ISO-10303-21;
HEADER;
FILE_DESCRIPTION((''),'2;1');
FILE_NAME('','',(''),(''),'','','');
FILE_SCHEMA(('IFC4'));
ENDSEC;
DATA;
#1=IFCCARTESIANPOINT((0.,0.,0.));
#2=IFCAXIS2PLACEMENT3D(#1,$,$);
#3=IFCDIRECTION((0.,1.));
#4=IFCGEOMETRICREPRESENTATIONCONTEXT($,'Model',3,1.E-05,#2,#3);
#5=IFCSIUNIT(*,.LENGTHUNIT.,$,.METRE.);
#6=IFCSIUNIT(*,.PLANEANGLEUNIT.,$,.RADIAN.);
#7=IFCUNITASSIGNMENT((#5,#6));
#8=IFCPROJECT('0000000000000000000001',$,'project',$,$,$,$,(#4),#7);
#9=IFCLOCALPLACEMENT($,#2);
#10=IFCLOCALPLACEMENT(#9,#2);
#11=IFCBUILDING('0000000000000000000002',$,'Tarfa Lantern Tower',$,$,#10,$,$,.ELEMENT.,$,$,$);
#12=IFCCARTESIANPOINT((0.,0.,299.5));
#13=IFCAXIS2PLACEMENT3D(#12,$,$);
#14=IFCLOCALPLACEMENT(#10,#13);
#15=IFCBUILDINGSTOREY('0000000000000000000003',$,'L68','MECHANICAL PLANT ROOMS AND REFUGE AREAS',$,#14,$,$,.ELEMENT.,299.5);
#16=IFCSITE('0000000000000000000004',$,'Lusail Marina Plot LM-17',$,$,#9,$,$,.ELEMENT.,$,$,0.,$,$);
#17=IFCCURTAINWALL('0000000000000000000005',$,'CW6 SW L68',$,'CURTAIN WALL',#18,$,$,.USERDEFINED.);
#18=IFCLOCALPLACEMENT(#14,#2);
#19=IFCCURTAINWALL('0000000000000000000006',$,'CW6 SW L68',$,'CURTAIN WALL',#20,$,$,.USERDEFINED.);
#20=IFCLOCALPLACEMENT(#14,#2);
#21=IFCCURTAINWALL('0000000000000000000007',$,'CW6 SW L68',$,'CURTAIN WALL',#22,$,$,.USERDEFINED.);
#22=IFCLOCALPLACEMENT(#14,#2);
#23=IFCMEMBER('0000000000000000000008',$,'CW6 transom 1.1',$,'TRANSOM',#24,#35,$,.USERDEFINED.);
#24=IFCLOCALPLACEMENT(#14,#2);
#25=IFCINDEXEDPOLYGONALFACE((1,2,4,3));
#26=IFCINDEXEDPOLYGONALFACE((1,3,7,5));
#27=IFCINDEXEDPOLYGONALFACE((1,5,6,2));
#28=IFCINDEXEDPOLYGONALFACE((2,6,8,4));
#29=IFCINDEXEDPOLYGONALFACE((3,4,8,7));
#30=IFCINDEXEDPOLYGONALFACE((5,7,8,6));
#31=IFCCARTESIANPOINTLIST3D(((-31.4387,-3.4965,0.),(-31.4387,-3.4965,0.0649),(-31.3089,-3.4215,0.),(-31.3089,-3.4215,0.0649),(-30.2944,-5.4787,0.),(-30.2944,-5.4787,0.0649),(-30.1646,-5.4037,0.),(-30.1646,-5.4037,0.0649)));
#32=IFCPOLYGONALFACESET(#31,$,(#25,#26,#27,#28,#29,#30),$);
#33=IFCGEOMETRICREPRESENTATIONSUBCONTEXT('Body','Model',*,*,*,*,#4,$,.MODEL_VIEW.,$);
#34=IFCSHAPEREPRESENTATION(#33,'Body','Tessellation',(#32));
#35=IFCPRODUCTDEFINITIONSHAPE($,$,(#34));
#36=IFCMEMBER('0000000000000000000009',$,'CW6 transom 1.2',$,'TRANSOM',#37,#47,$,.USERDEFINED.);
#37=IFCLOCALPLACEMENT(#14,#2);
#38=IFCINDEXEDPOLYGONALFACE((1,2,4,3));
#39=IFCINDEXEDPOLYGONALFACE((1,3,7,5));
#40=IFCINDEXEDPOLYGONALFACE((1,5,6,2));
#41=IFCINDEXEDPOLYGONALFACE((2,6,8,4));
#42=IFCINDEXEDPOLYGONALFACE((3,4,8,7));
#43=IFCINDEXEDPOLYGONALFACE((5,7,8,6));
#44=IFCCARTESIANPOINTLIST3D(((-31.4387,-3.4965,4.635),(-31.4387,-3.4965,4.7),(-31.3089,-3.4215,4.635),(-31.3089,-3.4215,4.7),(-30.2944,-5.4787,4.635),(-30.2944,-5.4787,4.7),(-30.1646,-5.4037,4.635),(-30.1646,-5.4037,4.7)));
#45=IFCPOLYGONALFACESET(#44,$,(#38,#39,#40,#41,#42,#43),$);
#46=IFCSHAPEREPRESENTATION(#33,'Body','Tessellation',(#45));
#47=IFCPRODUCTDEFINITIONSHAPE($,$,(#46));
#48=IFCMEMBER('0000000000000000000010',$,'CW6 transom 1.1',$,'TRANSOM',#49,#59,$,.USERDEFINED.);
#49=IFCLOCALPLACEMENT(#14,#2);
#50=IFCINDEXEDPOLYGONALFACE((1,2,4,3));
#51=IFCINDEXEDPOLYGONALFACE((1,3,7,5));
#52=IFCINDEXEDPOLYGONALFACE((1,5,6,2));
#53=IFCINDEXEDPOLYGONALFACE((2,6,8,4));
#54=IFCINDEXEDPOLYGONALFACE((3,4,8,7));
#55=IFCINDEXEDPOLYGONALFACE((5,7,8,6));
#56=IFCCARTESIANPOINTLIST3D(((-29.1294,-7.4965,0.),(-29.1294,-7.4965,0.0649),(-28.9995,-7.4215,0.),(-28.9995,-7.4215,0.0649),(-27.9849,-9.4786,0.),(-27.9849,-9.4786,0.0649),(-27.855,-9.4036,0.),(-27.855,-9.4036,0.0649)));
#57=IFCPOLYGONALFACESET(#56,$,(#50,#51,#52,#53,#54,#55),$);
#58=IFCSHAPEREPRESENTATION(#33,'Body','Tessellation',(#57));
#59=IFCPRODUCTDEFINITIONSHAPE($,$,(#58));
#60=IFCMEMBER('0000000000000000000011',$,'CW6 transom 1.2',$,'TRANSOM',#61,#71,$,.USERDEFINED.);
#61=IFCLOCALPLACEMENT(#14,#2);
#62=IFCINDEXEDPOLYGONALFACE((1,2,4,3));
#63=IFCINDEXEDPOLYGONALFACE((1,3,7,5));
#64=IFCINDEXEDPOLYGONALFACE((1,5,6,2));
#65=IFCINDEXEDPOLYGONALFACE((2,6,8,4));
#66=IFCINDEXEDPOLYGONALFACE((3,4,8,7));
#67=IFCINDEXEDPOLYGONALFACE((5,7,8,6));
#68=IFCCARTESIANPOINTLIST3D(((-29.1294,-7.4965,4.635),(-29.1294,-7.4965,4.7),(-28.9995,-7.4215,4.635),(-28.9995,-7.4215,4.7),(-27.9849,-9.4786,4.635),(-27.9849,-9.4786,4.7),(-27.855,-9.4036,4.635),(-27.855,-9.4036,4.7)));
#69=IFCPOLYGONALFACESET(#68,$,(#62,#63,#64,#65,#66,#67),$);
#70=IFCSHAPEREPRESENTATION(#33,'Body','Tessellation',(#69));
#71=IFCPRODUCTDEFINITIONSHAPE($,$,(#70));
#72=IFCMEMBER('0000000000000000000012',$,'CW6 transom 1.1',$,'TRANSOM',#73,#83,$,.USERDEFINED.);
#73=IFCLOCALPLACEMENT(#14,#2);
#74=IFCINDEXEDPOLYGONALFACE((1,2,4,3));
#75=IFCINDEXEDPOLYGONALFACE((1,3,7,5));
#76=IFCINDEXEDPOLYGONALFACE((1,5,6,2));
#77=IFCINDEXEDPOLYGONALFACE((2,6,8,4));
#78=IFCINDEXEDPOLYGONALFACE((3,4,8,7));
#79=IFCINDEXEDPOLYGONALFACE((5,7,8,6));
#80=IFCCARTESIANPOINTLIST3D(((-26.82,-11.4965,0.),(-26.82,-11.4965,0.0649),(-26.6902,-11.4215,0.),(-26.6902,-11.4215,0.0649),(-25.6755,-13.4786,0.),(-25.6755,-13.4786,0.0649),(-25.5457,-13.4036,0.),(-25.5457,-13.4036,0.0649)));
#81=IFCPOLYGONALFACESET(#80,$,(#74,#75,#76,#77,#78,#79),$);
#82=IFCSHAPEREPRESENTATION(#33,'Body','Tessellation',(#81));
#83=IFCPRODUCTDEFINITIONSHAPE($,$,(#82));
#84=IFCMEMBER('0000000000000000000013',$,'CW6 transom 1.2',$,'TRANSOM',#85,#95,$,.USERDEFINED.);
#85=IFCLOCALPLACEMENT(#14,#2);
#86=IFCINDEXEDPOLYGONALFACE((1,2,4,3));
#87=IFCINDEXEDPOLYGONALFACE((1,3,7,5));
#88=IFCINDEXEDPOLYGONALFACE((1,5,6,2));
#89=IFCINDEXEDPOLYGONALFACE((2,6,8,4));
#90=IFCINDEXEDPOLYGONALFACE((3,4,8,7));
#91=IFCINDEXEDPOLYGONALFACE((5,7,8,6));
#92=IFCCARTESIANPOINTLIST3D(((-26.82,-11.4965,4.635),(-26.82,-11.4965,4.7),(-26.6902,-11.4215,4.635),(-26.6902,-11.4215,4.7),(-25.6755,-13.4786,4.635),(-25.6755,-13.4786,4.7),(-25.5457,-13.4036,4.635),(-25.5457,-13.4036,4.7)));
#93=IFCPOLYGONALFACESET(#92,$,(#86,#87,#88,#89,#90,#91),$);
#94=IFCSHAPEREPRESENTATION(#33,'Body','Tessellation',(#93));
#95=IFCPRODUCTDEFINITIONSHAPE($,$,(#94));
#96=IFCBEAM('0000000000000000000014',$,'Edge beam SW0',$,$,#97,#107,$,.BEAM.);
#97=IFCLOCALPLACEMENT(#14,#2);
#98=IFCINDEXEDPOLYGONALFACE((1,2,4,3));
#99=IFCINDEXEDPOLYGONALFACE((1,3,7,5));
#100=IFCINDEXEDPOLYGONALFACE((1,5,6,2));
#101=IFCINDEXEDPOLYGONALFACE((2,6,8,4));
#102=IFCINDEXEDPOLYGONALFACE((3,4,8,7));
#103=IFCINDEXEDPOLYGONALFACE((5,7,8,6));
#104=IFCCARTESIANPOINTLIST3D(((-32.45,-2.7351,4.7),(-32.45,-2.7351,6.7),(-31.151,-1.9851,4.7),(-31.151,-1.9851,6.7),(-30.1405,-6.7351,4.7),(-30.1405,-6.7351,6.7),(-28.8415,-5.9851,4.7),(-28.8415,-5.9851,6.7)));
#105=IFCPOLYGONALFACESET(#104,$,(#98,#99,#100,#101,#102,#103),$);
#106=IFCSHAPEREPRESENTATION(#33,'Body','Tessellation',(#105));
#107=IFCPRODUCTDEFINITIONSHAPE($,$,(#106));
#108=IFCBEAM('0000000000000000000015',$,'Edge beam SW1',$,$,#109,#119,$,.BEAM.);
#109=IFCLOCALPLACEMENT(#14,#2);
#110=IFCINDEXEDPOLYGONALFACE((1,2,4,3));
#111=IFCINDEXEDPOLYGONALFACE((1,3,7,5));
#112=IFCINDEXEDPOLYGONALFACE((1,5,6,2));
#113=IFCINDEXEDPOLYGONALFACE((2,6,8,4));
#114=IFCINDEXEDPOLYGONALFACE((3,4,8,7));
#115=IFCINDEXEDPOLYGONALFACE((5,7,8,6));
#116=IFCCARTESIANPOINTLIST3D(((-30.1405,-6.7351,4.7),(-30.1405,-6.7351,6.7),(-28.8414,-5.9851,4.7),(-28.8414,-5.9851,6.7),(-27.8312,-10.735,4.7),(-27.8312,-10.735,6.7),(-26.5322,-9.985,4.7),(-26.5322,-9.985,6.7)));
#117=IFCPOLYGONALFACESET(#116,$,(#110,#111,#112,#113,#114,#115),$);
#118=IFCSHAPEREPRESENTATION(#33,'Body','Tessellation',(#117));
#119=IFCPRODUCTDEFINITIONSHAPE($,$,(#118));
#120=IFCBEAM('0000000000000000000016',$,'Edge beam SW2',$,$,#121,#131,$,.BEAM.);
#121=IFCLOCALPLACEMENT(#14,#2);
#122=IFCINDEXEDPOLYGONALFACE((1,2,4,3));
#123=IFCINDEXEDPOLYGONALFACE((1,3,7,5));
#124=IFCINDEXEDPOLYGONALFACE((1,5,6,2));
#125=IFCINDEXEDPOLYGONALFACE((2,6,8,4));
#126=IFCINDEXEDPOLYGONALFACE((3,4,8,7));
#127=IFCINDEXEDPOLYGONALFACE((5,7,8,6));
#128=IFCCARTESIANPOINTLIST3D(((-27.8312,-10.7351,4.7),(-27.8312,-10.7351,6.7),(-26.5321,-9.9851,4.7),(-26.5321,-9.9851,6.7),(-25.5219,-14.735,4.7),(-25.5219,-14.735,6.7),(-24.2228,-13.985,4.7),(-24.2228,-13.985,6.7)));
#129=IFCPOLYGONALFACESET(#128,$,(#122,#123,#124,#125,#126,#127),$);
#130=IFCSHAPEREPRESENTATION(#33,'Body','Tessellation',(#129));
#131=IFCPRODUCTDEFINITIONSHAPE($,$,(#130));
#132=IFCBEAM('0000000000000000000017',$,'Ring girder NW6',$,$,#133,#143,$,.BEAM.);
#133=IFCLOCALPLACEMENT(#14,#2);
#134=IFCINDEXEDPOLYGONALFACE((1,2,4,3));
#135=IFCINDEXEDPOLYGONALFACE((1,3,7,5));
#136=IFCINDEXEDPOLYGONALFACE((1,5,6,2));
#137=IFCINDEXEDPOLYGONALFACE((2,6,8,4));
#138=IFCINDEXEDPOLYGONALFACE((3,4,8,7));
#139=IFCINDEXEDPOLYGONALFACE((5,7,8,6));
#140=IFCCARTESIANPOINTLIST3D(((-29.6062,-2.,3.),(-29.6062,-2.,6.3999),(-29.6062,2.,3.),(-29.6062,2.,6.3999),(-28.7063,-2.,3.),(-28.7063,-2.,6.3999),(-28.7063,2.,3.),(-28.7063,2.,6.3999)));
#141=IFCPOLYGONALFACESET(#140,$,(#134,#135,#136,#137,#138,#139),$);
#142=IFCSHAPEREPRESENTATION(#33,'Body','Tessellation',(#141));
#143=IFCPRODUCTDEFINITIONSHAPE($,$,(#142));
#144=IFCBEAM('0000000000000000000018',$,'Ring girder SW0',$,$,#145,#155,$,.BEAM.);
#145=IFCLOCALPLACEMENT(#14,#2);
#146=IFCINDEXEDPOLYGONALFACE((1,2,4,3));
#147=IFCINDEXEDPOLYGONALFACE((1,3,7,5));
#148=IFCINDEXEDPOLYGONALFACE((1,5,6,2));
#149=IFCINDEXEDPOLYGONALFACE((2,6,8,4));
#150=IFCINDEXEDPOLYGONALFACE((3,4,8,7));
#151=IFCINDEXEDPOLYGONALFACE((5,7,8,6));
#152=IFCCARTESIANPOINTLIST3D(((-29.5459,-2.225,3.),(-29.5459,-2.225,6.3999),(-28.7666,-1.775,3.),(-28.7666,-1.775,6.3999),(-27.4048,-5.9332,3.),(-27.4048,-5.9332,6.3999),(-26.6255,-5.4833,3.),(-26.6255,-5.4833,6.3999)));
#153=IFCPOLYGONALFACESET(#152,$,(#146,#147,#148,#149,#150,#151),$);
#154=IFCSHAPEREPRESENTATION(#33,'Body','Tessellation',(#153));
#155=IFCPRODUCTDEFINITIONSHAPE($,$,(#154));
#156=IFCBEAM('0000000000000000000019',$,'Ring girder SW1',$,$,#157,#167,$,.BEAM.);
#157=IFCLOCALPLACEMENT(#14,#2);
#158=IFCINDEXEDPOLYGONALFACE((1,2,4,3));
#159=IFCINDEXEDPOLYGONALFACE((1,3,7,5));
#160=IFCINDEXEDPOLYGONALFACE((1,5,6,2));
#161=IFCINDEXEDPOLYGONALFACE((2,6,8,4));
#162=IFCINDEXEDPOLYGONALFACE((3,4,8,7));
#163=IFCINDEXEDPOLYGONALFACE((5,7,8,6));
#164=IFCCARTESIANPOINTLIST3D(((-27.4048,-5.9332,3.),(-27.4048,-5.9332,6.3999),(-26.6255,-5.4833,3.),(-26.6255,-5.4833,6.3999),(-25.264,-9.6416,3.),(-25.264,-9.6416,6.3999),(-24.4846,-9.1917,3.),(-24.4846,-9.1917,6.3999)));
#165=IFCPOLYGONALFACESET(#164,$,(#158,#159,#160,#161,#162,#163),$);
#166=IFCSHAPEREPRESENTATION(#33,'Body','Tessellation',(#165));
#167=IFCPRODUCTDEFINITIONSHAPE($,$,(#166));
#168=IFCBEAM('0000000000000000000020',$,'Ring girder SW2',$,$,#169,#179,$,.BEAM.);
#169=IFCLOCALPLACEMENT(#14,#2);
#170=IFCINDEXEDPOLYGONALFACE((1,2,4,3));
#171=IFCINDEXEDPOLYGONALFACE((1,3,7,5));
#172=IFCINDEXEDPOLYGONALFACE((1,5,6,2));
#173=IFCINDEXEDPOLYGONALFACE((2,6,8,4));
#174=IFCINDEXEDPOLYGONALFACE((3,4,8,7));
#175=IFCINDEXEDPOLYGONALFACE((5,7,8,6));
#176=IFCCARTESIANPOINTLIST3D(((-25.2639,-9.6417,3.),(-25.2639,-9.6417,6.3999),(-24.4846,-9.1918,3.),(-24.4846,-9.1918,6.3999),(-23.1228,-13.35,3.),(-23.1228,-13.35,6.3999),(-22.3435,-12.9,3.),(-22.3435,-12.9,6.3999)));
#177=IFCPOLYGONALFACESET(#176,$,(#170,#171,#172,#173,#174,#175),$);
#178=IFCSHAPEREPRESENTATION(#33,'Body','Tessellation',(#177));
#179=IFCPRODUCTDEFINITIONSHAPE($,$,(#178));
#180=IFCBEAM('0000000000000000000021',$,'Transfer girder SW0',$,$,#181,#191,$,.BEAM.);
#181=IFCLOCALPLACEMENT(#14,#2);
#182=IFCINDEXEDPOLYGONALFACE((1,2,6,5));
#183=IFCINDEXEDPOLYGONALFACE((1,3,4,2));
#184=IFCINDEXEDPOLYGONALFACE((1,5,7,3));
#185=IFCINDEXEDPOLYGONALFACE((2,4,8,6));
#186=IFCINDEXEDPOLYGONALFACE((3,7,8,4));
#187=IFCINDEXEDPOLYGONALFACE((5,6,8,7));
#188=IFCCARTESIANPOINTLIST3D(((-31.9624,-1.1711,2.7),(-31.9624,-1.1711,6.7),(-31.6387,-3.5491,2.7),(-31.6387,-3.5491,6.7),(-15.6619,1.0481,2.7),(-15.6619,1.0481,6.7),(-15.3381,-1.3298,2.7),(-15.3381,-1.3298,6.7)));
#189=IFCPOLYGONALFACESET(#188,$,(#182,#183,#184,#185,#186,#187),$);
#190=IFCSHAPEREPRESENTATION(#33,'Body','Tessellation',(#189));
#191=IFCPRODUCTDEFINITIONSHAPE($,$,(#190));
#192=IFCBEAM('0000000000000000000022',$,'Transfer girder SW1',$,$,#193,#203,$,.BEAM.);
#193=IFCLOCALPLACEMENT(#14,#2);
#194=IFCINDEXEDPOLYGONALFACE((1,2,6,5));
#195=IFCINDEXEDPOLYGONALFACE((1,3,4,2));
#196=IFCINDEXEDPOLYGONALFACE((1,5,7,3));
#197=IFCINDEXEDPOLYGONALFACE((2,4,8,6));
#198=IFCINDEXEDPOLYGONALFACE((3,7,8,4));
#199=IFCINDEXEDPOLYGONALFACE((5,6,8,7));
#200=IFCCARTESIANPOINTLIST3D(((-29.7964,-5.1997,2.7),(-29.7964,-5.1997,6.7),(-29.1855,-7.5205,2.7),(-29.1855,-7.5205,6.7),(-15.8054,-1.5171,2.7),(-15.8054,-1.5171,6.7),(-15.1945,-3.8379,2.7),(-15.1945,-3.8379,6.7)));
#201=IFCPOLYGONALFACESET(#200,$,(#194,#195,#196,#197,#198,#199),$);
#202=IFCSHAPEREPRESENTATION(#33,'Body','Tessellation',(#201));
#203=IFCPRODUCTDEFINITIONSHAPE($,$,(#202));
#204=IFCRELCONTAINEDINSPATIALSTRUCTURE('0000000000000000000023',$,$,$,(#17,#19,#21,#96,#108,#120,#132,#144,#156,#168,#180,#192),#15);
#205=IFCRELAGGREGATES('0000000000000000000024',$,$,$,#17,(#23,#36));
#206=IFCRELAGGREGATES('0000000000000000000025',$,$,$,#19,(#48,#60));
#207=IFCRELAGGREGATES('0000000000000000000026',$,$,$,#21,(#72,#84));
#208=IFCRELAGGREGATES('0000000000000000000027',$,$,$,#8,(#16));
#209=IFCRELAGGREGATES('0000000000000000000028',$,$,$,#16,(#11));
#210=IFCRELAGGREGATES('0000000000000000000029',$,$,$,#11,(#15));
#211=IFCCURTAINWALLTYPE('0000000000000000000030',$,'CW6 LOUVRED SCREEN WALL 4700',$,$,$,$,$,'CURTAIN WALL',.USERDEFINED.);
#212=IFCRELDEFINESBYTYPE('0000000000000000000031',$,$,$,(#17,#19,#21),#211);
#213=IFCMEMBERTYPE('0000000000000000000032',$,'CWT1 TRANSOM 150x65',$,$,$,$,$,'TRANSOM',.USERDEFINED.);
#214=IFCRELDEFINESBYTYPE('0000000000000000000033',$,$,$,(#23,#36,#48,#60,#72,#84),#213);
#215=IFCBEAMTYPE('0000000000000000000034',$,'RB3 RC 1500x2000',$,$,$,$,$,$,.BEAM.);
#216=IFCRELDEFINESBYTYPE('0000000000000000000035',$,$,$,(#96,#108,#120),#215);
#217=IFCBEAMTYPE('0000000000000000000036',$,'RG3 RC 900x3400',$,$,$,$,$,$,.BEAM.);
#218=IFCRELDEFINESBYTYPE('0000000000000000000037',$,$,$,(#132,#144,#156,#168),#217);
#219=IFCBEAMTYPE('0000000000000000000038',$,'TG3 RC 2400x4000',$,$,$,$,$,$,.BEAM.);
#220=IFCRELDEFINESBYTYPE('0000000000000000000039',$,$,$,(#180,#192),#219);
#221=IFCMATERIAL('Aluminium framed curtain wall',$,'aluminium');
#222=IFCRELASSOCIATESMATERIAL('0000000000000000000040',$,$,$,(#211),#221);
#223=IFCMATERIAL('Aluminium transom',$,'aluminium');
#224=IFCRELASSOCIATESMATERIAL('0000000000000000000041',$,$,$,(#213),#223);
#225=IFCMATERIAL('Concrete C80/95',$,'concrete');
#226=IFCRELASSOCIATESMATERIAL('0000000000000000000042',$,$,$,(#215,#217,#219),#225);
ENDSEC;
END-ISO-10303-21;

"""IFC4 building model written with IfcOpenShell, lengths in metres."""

from ifc_helpers import new_model, si_unit, direction, frame, origin, origin_2d, place, context, subcontext, project, spatial, rectangle, extrude, material, material_profile, profile_set, type_object, element, aggregate, save


model = new_model("IFC4")

# Units and contexts
model_context = context("Model", 3, precision=1e-05, world=origin(), true_north=direction((0.0, 1.0)))
body_context = subcontext(model_context, "Body", "Model", "MODEL_VIEW")
ifc_project = project(units=[si_unit("LENGTHUNIT", "METRE"), si_unit("PLANEANGLEUNIT", "RADIAN")], contexts=[model_context])

# Site, building, storey
site_placement = place(None, origin())
site = spatial("IfcSite", under=ifc_project, at=site_placement, Name="Lusail Marina Plot LM-17", CompositionType="ELEMENT", RefElevation=0.0)
building_placement = place(site_placement, origin())
building = spatial("IfcBuilding", under=site, at=building_placement, Name="Tarfa Lantern Tower", CompositionType="ELEMENT")
storey_placement = place(building_placement, frame((0.0, 0.0, 299.5)))
storey = spatial("IfcBuildingStorey", under=building, at=storey_placement, Name="L68", Description="MECHANICAL PLANT ROOMS AND REFUGE AREAS", CompositionType="ELEMENT", Elevation=299.5)

# Shared definitions
ifc_material_1 = material(Name="Concrete C80/95", Category="concrete")

# Curtain walls
ifc_material_2 = material(Name="Aluminium framed curtain wall", Category="aluminium")
curtain_wall_type = type_object("IfcCurtainWallType", Name="CW6 LOUVRED SCREEN WALL 4700", ElementType="CURTAIN WALL", PredefinedType="USERDEFINED", material=ifc_material_2)
curtain_wall_1_placement = place(storey_placement, origin())
curtain_wall_1 = element("IfcCurtainWall", 1, at=curtain_wall_1_placement, inside=storey, type_object=curtain_wall_type, Name="CW6 SW L68", ObjectType="CURTAIN WALL", PredefinedType="USERDEFINED")
curtain_wall_2_placement = place(storey_placement, origin())
curtain_wall_2 = element("IfcCurtainWall", 2, at=curtain_wall_2_placement, inside=storey, type_object=curtain_wall_type, Name="CW6 SW L68", ObjectType="CURTAIN WALL", PredefinedType="USERDEFINED")

# Curtain wall
curtain_wall_3_placement = place(storey_placement, origin())
curtain_wall_3 = element("IfcCurtainWall", 3, at=curtain_wall_3_placement, inside=storey, type_object=curtain_wall_type, Name="CW6 SW L68", ObjectType="CURTAIN WALL", PredefinedType="USERDEFINED")

# Members
ifc_material_3 = material(Name="Aluminium transom", Category="aluminium")
ifc_material_profile_1 = material_profile(ifc_material_3, rectangle(XDim=0.1499, YDim=0.0649, at=origin_2d()), Name="AL TRANSOM 150x65")
ifc_profile_set_1 = profile_set([ifc_material_profile_1], Name="Aluminium transom")
member_type_1 = type_object("IfcMemberType", Name="CWT1 TRANSOM 150x65", ElementType="TRANSOM", PredefinedType="USERDEFINED", material=ifc_profile_set_1)
member_1_placement = place(storey_placement, frame((-31.3738, -3.459, 0.0325), z_axis=(0.499959, -0.866049, 0.0), x_axis=(0.866049, 0.499959, 0.0)))
member_1 = element("IfcMember", 4, at=member_1_placement, type_object=member_type_1, Name="CW6 transom 1.1", ObjectType="TRANSOM", PredefinedType="USERDEFINED", context=body_context, shape_type="SweptSolid", body=[
    extrude(rectangle(XDim=0.1499, YDim=0.0649, at=origin_2d()), origin(), (0.0, 0.0, 1.0), 2.2888),
])
member_2_placement = place(storey_placement, frame((-31.3738, -3.459, 4.6675), z_axis=(0.499959, -0.866049, 0.0), x_axis=(0.866049, 0.499959, 0.0)))
member_2 = element("IfcMember", 5, at=member_2_placement, type_object=member_type_1, Name="CW6 transom 1.2", ObjectType="TRANSOM", PredefinedType="USERDEFINED", context=body_context, shape_type="SweptSolid", body=[
    extrude(rectangle(XDim=0.1499, YDim=0.0649, at=origin_2d()), origin(), (0.0, 0.0, 1.0), 2.2888),
])
member_3_placement = place(storey_placement, frame((-29.0645, -7.459, 0.0325), z_axis=(0.500039, -0.866003, 0.0), x_axis=(0.866003, 0.500039, 0.0)))
member_3 = element("IfcMember", 6, at=member_3_placement, type_object=member_type_1, Name="CW6 transom 1.1", ObjectType="TRANSOM", PredefinedType="USERDEFINED", context=body_context, shape_type="SweptSolid", body=[
    extrude(rectangle(XDim=0.1499, YDim=0.0649, at=origin_2d()), origin(), (0.0, 0.0, 1.0), 2.2888),
])
member_4_placement = place(storey_placement, frame((-29.0645, -7.459, 4.6675), z_axis=(0.500039, -0.866003, 0.0), x_axis=(0.866003, 0.500039, 0.0)))
member_4 = element("IfcMember", 7, at=member_4_placement, type_object=member_type_1, Name="CW6 transom 1.2", ObjectType="TRANSOM", PredefinedType="USERDEFINED", context=body_context, shape_type="SweptSolid", body=[
    extrude(rectangle(XDim=0.1499, YDim=0.0649, at=origin_2d()), origin(), (0.0, 0.0, 1.0), 2.2888),
])
member_5_placement = place(storey_placement, frame((-26.7551, -11.459, 0.0325), z_axis=(0.500039, -0.866003, 0.0), x_axis=(0.866003, 0.500039, 0.0)))
member_5 = element("IfcMember", 8, at=member_5_placement, type_object=member_type_1, Name="CW6 transom 1.1", ObjectType="TRANSOM", PredefinedType="USERDEFINED", context=body_context, shape_type="SweptSolid", body=[
    extrude(rectangle(XDim=0.1499, YDim=0.0649, at=origin_2d()), origin(), (0.0, 0.0, 1.0), 2.2888),
])
member_6_placement = place(storey_placement, frame((-26.7551, -11.459, 4.6675), z_axis=(0.500039, -0.866003, 0.0), x_axis=(0.866003, 0.500039, 0.0)))
member_6 = element("IfcMember", 9, at=member_6_placement, type_object=member_type_1, Name="CW6 transom 1.2", ObjectType="TRANSOM", PredefinedType="USERDEFINED", context=body_context, shape_type="SweptSolid", body=[
    extrude(rectangle(XDim=0.1499, YDim=0.0649, at=origin_2d()), origin(), (0.0, 0.0, 1.0), 2.2888),
])

# Beams
ifc_material_profile_2 = material_profile(ifc_material_1, rectangle(XDim=1.5, YDim=2.0, at=origin_2d()), Name="RC 1500x2000")
ifc_profile_set_2 = profile_set([ifc_material_profile_2], Name="Concrete C80/95")
beam_type_1 = type_object("IfcBeamType", Name="RB3 RC 1500x2000", PredefinedType="BEAM", material=ifc_profile_set_2)
beam_1_placement = place(storey_placement, frame((-31.8005, -2.3601, 5.7), z_axis=(0.500027, -0.86601, 0.0), x_axis=(0.86601, 0.500027, 0.0)))
element("IfcBeam", 10, at=beam_1_placement, inside=storey, type_object=beam_type_1, Name="Edge beam SW0", PredefinedType="BEAM", context=body_context, shape_type="SweptSolid", body=[
    extrude(rectangle(XDim=1.5, YDim=2.0, at=origin_2d()), origin(), (0.0, 0.0, 1.0), 4.6189),
])
for number, where, z_axis, x_axis, name in (
    (11, (-29.491, -6.3601, 5.7), (0.499988, -0.866032, 0.0), (0.866032, 0.499988, 0.0), "Edge beam SW1"),
    (12, (-27.1816, -10.3601, 5.7), (0.499988, -0.866032, 0.0), (0.866032, 0.499988, 0.0), "Edge beam SW2"),
):
    element("IfcBeam", number, at=place(storey_placement, frame(where, z_axis=z_axis, x_axis=x_axis)), inside=storey, type_object=beam_type_1, Name=name, PredefinedType="BEAM", context=body_context, shape_type="SweptSolid", body=[
        extrude(rectangle(XDim=1.5, YDim=2.0, at=origin_2d()), origin(), (0.0, 0.0, 1.0), 4.6187),
    ])
ifc_material_profile_3 = material_profile(ifc_material_1, rectangle(XDim=0.8999, YDim=3.3999, at=origin_2d()), Name="RC 900x3400")
ifc_profile_set_3 = profile_set([ifc_material_profile_3], Name="Concrete C80/95")
beam_type_2 = type_object("IfcBeamType", Name="RG3 RC 900x3400", PredefinedType="BEAM", material=ifc_profile_set_3)
beam_2_placement = place(storey_placement, frame((-29.1562, 2.0, 4.7), z_axis=(0.0, -1.0, 0.0), x_axis=(1.0, 0.0, 0.0)))
element("IfcBeam", 13, at=beam_2_placement, inside=storey, type_object=beam_type_2, Name="Ring girder NW6", PredefinedType="BEAM", context=body_context, shape_type="SweptSolid", body=[
    extrude(rectangle(XDim=0.8999, YDim=3.3999, at=origin_2d()), origin(), (0.0, 0.0, 1.0), 4.0),
])
for number, where, z_axis, x_axis, name in (
    (14, (-29.1562, -2.0, 4.7), (0.500027, -0.86601, 0.0), (0.86601, 0.500027, 0.0), "Ring girder SW0"),
    (15, (-27.0151, -5.7083, 4.7), (0.499959, -0.866049, 0.0), (0.866049, 0.499959, 0.0), "Ring girder SW1"),
    (16, (-24.8743, -9.4167, 4.7), (0.500027, -0.86601, 0.0), (0.86601, 0.500027, 0.0), "Ring girder SW2"),
):
    element("IfcBeam", number, at=place(storey_placement, frame(where, z_axis=z_axis, x_axis=x_axis)), inside=storey, type_object=beam_type_2, Name=name, PredefinedType="BEAM", context=body_context, shape_type="SweptSolid", body=[
        extrude(rectangle(XDim=0.8999, YDim=3.3999, at=origin_2d()), origin(), (0.0, 0.0, 1.0), 4.282),
    ])
ifc_material_profile_4 = material_profile(ifc_material_1, rectangle(XDim=2.3999, YDim=4.0, at=origin_2d()), Name="RC 2400x4000")
ifc_profile_set_4 = profile_set([ifc_material_profile_4], Name="Concrete C80/95")
beam_type_3 = type_object("IfcBeamType", Name="TG3 RC 2400x4000", PredefinedType="BEAM", material=ifc_profile_set_4)
beam_3_placement = place(storey_placement, frame((-31.8005, -2.3601, 4.7), z_axis=(0.990859, 0.134901, 0.0), x_axis=(-0.134901, 0.990859, 0.0)))
element("IfcBeam", 17, at=beam_3_placement, inside=storey, type_object=beam_type_3, Name="Transfer girder SW0", PredefinedType="BEAM", context=body_context, shape_type="SweptSolid", body=[
    extrude(rectangle(XDim=2.3999, YDim=4.0, at=origin_2d()), origin(), (0.0, 0.0, 1.0), 16.4509),
])
beam_4_placement = place(storey_placement, frame((-29.491, -6.3601, 4.7), z_axis=(0.967061, 0.254544, 0.0), x_axis=(-0.254544, 0.967061, 0.0)))
element("IfcBeam", 18, at=beam_4_placement, inside=storey, type_object=beam_type_3, Name="Transfer girder SW1", PredefinedType="BEAM", context=body_context, shape_type="SweptSolid", body=[
    extrude(rectangle(XDim=2.3999, YDim=4.0, at=origin_2d()), origin(), (0.0, 0.0, 1.0), 14.4675),
])

aggregate(curtain_wall_1, [member_1, member_2])
aggregate(curtain_wall_2, [member_3, member_4])
aggregate(curtain_wall_3, [member_5, member_6])

save(model, "model.ifc")
